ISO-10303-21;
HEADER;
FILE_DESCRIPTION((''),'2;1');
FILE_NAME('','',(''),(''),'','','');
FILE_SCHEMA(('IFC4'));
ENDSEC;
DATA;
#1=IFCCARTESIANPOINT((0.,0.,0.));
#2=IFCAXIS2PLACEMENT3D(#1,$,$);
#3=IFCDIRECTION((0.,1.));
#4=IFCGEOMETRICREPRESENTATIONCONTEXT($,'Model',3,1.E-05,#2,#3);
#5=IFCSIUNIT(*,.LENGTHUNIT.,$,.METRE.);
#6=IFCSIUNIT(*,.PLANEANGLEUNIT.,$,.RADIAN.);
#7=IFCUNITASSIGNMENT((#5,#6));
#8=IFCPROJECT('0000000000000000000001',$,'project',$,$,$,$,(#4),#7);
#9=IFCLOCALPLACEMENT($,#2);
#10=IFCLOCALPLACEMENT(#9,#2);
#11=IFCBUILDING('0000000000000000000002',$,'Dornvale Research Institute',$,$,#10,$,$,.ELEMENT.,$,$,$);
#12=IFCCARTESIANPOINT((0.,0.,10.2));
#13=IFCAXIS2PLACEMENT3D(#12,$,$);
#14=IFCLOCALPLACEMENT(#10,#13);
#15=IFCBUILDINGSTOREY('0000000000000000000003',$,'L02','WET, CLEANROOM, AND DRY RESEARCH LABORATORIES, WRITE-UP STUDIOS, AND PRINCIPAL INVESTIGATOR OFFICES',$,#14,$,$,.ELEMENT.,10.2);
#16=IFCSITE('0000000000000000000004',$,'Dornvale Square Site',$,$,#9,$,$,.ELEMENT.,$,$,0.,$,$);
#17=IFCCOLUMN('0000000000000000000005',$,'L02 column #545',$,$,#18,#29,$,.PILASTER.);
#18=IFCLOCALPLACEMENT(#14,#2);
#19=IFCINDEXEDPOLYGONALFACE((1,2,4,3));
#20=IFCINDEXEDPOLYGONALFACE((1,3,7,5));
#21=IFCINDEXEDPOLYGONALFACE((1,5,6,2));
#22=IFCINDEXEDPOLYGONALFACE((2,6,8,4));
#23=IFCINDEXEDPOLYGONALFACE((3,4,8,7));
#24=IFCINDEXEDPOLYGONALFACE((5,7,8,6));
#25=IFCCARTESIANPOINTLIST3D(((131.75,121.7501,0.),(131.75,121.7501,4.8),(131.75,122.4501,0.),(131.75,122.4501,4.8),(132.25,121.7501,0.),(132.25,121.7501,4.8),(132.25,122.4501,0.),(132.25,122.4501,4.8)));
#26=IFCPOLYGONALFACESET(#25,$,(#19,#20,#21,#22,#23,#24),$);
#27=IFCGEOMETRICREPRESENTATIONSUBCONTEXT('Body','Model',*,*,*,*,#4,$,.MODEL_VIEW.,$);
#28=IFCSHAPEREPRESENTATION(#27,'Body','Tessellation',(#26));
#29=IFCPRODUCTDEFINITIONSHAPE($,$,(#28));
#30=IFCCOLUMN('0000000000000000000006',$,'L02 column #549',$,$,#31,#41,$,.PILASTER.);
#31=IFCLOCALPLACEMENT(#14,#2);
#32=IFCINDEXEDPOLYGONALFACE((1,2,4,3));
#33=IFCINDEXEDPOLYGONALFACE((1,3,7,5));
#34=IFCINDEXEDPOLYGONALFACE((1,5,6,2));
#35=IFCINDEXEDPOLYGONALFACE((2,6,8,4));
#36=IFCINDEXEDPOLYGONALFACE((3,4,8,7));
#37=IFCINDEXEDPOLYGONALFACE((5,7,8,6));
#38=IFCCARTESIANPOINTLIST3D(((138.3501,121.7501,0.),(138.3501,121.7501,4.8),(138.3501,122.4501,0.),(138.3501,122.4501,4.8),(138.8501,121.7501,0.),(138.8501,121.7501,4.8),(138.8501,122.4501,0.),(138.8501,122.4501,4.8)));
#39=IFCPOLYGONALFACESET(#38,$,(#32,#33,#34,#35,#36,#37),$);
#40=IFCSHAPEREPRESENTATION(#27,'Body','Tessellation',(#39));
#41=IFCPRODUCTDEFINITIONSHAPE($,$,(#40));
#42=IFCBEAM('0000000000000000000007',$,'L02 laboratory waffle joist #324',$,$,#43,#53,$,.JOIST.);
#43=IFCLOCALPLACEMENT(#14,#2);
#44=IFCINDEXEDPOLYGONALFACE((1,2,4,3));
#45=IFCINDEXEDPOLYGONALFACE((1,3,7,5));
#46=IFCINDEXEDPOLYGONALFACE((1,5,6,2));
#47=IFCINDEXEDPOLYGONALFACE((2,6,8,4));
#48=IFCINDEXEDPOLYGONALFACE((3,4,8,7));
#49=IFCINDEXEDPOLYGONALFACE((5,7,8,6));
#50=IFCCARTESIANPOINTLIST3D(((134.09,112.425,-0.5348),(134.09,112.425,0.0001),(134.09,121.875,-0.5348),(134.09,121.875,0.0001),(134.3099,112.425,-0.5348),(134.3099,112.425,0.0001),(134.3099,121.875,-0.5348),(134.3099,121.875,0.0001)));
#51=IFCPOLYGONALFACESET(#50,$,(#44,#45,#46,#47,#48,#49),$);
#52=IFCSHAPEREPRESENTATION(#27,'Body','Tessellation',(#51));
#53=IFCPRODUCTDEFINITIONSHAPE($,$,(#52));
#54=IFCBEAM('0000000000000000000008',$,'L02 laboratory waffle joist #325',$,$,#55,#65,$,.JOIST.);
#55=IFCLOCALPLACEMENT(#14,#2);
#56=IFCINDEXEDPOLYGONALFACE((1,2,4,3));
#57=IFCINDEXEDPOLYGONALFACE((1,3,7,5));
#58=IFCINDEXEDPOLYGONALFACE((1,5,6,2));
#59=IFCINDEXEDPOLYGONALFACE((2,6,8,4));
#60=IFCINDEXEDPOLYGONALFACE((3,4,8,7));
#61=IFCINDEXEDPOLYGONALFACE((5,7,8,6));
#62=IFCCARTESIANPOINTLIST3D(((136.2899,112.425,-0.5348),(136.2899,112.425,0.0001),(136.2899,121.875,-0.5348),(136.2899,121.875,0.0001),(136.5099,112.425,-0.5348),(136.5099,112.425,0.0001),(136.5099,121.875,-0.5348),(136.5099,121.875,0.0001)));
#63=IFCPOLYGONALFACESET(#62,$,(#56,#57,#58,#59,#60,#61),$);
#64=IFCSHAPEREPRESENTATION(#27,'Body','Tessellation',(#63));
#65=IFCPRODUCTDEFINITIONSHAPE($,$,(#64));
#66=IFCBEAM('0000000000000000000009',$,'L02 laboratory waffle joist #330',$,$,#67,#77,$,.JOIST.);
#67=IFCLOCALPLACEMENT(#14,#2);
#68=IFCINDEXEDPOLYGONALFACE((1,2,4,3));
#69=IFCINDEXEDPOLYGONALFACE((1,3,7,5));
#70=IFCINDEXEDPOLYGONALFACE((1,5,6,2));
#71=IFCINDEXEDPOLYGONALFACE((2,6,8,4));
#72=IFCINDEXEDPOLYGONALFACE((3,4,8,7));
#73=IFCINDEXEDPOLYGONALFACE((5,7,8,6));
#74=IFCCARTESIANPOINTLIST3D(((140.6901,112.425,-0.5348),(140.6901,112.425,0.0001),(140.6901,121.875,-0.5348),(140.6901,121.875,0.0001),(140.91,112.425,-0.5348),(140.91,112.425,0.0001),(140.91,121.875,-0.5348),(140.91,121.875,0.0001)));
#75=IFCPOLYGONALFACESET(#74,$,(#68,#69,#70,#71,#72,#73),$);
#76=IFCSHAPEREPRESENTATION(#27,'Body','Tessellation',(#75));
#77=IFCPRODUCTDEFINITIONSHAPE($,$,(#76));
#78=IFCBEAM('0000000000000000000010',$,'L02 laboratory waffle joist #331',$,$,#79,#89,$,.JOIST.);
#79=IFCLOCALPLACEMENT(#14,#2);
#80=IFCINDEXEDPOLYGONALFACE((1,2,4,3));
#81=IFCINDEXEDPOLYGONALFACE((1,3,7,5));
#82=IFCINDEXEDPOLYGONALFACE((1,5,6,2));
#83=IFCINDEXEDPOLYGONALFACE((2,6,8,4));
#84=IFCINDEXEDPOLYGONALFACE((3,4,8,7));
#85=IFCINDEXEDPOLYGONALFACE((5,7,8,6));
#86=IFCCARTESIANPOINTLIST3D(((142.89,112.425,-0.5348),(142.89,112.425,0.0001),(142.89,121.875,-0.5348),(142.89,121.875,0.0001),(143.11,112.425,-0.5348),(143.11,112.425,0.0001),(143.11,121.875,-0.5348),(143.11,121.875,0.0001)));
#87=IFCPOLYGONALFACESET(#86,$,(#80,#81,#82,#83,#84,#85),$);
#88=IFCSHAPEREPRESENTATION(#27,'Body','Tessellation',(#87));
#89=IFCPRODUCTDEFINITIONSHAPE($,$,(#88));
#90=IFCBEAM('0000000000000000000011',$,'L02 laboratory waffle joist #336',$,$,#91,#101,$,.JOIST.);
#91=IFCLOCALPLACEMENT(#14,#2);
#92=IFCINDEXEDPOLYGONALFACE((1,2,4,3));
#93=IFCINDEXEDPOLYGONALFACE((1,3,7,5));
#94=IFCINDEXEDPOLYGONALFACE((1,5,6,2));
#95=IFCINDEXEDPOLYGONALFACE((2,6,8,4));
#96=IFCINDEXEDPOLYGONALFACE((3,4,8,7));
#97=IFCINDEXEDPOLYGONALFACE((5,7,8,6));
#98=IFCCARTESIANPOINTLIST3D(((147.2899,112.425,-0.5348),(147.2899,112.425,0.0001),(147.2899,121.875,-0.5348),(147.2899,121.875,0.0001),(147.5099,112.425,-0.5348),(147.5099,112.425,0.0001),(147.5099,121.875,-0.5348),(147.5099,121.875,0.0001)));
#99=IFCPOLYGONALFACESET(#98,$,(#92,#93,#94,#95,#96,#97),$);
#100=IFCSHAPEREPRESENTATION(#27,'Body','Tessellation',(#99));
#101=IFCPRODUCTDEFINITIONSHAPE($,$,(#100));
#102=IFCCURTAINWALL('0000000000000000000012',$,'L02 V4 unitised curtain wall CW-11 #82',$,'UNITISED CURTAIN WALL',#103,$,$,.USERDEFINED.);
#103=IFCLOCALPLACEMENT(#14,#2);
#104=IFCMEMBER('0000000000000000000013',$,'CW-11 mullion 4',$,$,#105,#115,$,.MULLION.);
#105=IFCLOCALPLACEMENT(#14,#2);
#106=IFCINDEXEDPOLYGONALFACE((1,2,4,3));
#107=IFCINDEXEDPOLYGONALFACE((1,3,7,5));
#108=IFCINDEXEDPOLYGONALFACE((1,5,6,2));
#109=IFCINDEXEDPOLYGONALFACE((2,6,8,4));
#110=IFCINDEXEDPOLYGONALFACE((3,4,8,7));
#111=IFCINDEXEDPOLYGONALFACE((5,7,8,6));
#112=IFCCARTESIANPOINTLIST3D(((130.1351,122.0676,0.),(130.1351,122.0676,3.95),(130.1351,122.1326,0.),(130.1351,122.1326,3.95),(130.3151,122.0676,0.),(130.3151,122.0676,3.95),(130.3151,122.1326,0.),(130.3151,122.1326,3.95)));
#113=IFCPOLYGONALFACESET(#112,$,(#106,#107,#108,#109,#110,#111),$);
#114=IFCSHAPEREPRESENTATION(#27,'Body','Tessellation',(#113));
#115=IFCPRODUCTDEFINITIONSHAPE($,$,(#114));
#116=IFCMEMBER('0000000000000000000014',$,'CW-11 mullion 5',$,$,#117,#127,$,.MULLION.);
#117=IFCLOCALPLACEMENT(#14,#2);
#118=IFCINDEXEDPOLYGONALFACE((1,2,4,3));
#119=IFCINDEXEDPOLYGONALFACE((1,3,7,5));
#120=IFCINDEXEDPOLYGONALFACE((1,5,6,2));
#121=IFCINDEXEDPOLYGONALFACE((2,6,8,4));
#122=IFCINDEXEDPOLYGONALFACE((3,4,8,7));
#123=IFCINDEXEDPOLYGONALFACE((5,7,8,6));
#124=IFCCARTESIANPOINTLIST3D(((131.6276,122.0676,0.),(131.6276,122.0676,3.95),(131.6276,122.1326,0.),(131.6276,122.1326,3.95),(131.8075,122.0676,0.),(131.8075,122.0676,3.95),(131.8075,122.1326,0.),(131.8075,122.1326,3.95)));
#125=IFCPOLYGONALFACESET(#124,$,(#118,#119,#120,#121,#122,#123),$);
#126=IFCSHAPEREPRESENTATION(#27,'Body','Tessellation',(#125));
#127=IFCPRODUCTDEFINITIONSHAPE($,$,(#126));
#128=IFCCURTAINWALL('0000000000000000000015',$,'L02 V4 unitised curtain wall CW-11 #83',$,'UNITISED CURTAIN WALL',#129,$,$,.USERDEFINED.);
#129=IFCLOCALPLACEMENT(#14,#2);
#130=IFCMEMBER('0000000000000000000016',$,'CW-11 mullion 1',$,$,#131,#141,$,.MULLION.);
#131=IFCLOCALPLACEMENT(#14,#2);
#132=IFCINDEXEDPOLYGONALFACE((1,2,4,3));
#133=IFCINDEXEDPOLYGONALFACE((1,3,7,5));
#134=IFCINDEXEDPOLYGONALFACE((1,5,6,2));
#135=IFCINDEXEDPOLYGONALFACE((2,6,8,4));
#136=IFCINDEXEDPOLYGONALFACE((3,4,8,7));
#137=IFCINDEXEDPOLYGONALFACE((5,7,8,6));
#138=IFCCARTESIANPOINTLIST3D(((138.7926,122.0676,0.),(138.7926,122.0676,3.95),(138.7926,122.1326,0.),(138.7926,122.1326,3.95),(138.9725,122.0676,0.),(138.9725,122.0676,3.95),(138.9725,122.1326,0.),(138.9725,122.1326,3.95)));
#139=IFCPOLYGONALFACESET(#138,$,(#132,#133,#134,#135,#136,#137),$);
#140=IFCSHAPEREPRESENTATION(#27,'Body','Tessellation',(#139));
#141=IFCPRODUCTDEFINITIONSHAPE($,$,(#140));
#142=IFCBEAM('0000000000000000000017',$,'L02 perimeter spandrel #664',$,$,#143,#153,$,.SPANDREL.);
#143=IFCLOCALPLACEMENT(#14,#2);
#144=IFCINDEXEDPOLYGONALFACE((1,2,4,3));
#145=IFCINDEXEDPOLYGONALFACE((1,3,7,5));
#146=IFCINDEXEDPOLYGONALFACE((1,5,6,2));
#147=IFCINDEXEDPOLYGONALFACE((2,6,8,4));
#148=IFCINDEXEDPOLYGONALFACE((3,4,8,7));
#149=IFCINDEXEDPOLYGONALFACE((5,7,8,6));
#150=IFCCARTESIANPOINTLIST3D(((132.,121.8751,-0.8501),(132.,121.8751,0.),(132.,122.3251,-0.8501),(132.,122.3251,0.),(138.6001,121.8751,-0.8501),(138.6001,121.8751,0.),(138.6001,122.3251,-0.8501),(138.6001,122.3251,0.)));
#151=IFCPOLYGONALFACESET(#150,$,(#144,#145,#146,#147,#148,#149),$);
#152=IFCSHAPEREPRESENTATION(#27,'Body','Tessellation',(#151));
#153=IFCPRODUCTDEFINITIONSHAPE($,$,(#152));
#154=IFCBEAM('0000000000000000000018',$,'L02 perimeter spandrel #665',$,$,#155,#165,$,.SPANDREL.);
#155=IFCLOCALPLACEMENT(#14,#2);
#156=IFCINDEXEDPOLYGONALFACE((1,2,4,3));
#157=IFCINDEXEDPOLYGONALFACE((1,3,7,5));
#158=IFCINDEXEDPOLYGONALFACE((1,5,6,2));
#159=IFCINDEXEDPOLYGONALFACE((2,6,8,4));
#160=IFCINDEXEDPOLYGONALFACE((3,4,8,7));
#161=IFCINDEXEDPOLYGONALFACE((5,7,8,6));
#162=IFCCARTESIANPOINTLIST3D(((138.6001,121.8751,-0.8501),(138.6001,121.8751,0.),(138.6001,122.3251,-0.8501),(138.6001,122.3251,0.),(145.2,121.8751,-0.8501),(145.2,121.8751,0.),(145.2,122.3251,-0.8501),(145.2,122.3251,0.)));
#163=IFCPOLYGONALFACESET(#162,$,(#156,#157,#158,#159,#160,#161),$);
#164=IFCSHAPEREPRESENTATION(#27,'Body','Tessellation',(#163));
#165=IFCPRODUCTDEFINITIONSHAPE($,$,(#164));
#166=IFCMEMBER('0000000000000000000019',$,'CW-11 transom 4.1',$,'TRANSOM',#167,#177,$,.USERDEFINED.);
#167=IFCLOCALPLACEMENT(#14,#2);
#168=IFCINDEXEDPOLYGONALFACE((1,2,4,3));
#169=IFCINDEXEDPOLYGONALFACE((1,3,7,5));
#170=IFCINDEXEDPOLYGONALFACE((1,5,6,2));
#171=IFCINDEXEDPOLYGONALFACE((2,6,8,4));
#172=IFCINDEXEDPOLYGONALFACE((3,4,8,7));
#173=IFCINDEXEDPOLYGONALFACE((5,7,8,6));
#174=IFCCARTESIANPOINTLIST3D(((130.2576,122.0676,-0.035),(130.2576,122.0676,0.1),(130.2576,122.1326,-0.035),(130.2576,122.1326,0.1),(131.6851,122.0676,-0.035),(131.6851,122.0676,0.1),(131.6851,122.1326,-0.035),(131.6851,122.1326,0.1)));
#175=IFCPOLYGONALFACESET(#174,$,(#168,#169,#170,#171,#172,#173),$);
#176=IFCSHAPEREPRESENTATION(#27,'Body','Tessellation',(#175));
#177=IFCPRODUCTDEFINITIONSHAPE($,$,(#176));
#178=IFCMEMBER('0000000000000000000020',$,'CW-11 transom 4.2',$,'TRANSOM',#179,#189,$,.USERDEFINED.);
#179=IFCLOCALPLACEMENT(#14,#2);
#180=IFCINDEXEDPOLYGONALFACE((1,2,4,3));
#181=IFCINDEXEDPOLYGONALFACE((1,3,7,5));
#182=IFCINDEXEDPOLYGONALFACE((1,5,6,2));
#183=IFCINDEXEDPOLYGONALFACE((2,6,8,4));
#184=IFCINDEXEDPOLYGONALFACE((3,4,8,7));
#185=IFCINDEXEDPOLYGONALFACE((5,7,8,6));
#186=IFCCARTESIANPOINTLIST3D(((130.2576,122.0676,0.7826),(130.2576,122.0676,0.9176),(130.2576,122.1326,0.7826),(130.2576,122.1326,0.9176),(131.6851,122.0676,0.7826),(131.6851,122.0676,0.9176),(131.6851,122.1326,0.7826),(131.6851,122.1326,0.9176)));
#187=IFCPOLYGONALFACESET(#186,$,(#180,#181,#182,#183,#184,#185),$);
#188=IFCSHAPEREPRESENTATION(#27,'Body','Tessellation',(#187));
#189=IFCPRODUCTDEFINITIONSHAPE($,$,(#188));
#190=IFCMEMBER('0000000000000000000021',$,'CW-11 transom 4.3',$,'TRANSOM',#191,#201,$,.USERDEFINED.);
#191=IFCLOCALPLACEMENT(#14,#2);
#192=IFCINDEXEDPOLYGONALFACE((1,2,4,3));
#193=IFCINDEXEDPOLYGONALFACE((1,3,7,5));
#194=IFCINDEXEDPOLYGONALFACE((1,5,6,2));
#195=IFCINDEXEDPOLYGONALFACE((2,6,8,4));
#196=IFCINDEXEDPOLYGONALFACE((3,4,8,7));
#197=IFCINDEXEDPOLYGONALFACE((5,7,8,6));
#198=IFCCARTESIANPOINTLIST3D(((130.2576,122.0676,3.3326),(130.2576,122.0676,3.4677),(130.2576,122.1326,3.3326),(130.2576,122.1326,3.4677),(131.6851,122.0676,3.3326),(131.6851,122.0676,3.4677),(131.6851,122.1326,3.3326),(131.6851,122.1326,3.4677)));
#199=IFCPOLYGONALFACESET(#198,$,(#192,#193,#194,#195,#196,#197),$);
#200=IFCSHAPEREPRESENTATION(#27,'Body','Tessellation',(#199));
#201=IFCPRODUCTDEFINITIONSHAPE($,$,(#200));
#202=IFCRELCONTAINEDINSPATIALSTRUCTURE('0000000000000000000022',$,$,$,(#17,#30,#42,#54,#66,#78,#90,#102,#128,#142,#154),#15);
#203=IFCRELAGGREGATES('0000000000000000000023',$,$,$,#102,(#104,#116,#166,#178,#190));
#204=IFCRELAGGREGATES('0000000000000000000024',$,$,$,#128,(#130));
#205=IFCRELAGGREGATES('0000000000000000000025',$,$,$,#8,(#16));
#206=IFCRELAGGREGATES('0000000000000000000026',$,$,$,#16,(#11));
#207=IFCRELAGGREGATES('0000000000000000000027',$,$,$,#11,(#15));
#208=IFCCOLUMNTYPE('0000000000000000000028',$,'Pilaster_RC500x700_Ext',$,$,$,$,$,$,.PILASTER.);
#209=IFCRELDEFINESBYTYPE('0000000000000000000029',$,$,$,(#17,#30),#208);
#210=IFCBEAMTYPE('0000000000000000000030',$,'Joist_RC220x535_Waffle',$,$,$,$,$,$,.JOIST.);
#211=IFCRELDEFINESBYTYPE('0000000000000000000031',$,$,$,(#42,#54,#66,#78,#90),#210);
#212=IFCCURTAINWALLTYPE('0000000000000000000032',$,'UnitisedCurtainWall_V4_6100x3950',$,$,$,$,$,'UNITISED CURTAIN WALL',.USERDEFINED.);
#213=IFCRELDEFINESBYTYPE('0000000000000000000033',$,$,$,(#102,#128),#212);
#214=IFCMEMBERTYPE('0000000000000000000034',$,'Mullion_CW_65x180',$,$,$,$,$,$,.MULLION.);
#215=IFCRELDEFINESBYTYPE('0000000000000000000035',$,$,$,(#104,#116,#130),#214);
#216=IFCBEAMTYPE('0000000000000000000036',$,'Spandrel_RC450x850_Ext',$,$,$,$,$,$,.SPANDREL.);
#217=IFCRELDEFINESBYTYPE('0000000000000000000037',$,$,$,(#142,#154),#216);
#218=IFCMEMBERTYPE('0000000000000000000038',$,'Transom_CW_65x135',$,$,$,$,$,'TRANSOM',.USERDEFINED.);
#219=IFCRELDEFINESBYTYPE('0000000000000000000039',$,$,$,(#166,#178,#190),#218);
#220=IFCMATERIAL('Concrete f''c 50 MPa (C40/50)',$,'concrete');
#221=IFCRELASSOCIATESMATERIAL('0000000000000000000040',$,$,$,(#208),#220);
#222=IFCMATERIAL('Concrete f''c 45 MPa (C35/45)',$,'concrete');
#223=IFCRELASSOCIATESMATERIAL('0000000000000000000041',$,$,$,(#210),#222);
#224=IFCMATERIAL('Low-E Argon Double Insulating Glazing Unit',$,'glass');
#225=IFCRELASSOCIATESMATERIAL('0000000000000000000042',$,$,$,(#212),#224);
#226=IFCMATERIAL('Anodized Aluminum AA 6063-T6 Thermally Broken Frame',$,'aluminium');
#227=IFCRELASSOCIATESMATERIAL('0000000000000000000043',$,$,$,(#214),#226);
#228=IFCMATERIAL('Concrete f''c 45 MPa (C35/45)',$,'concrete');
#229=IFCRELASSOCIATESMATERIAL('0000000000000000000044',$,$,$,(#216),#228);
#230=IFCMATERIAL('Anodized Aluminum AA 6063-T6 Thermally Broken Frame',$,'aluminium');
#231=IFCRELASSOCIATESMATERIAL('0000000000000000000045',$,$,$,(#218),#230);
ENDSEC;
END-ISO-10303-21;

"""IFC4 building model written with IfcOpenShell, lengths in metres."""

from ifc_helpers import new_model, si_unit, direction, frame, origin, origin_2d, place, context, subcontext, project, spatial, rectangle, extrude, material, material_profile, profile_set, type_object, element, aggregate, save


model = new_model("IFC4")

# Units and contexts
model_context = context("Model", 3, precision=1e-05, world=origin(), true_north=direction((0.0, 1.0)))
body_context = subcontext(model_context, "Body", "Model", "MODEL_VIEW")
ifc_project = project(units=[si_unit("LENGTHUNIT", "METRE"), si_unit("PLANEANGLEUNIT", "RADIAN")], contexts=[model_context])

# Site, building, storey
site_placement = place(None, origin())
site = spatial("IfcSite", under=ifc_project, at=site_placement, Name="Dornvale Square Site", CompositionType="ELEMENT", RefElevation=0.0)
building_placement = place(site_placement, origin())
building = spatial("IfcBuilding", under=site, at=building_placement, Name="Dornvale Research Institute", CompositionType="ELEMENT")
storey_placement = place(building_placement, frame((0.0, 0.0, 10.2)))
storey = spatial("IfcBuildingStorey", under=building, at=storey_placement, Name="L02", Description="WET, CLEANROOM, AND DRY RESEARCH LABORATORIES, WRITE-UP STUDIOS, AND PRINCIPAL INVESTIGATOR OFFICES", CompositionType="ELEMENT", Elevation=10.2)

# Columns
ifc_material_1 = material(Name="Concrete f'c 50 MPa (C40/50)", Category="concrete")
ifc_material_profile_1 = material_profile(ifc_material_1, rectangle(XDim=0.5, YDim=0.7, at=origin_2d()), Name="RC 500x700")
ifc_profile_set_1 = profile_set([ifc_material_profile_1], Name="Concrete f'c 50 MPa (C40/50)")
column_type = type_object("IfcColumnType", Name="Pilaster_RC500x700_Ext", PredefinedType="PILASTER", material=ifc_profile_set_1)
for number, where, z_axis, x_axis, name in (
    (1, (132.0, 122.1001, 0.0), (0.0, 0.0, 1.0), (1.0, 0.0, 0.0), "L02 column #545"),
    (2, (138.6001, 122.1001, 0.0), (0.0, 0.0, 1.0), (1.0, 0.0, 0.0), "L02 column #549"),
):
    element("IfcColumn", number, at=place(storey_placement, frame(where, z_axis=z_axis, x_axis=x_axis)), inside=storey, type_object=column_type, Name=name, PredefinedType="PILASTER", context=body_context, shape_type="SweptSolid", body=[
        extrude(rectangle(XDim=0.5, YDim=0.7, at=origin_2d()), origin(), (0.0, 0.0, 1.0), 4.8),
    ])

# Beams
ifc_material_2 = material(Name="Concrete f'c 45 MPa (C35/45)", Category="concrete")
ifc_material_profile_2 = material_profile(ifc_material_2, rectangle(XDim=0.22, YDim=0.5349, at=origin_2d()), Name="RC 220x535")
ifc_profile_set_2 = profile_set([ifc_material_profile_2], Name="Concrete f'c 45 MPa (C35/45)")
beam_type_1 = type_object("IfcBeamType", Name="Joist_RC220x535_Waffle", PredefinedType="JOIST", material=ifc_profile_set_2)
for number, where, z_axis, x_axis, name in (
    (3, (134.2, 112.425, -0.2673), (0.0, 1.0, 0.0), (-1.0, 0.0, 0.0), "L02 laboratory waffle joist #324"),
    (4, (136.3999, 112.425, -0.2673), (0.0, 1.0, 0.0), (-1.0, 0.0, 0.0), "L02 laboratory waffle joist #325"),
    (5, (140.8, 112.425, -0.2673), (0.0, 1.0, 0.0), (-1.0, 0.0, 0.0), "L02 laboratory waffle joist #330"),
    (6, (143.0, 112.425, -0.2673), (0.0, 1.0, 0.0), (-1.0, 0.0, 0.0), "L02 laboratory waffle joist #331"),
    (7, (147.3999, 112.425, -0.2673), (0.0, 1.0, 0.0), (-1.0, 0.0, 0.0), "L02 laboratory waffle joist #336"),
):
    element("IfcBeam", number, at=place(storey_placement, frame(where, z_axis=z_axis, x_axis=x_axis)), inside=storey, type_object=beam_type_1, Name=name, PredefinedType="JOIST", context=body_context, shape_type="SweptSolid", body=[
        extrude(rectangle(XDim=0.22, YDim=0.5349, at=origin_2d()), origin(), (0.0, 0.0, 1.0), 9.45),
    ])

# Curtain wall, members
ifc_material_3 = material(Name="Low-E Argon Double Insulating Glazing Unit", Category="glass")
curtain_wall_type = type_object("IfcCurtainWallType", Name="UnitisedCurtainWall_V4_6100x3950", ElementType="UNITISED CURTAIN WALL", PredefinedType="USERDEFINED", material=ifc_material_3)
curtain_wall_1_placement = place(storey_placement, origin())
curtain_wall_1 = element("IfcCurtainWall", 8, at=curtain_wall_1_placement, inside=storey, type_object=curtain_wall_type, Name="L02 V4 unitised curtain wall CW-11 #82", ObjectType="UNITISED CURTAIN WALL", PredefinedType="USERDEFINED")
ifc_material_4 = material(Name="Anodized Aluminum AA 6063-T6 Thermally Broken Frame", Category="aluminium")
ifc_material_profile_3 = material_profile(ifc_material_4, rectangle(XDim=0.0649, YDim=0.1799, at=origin_2d()), Name="ALU MULLION 65x180")
ifc_profile_set_3 = profile_set([ifc_material_profile_3], Name="Anodized Aluminum AA 6063-T6 Thermally Broken Frame")
member_type_1 = type_object("IfcMemberType", Name="Mullion_CW_65x180", PredefinedType="MULLION", material=ifc_profile_set_3)
member_1_placement = place(storey_placement, frame((130.2251, 122.1001, 0.0), z_axis=(0.0, 0.0, 1.0), x_axis=(0.0, 1.0, 0.0)))
member_1 = element("IfcMember", 9, at=member_1_placement, type_object=member_type_1, Name="CW-11 mullion 4", PredefinedType="MULLION", context=body_context, shape_type="SweptSolid", body=[
    extrude(rectangle(XDim=0.0649, YDim=0.1799, at=origin_2d()), origin(), (0.0, 0.0, 1.0), 3.95),
])
member_2_placement = place(storey_placement, frame((131.7175, 122.1001, 0.0), z_axis=(0.0, 0.0, 1.0), x_axis=(0.0, 1.0, 0.0)))
member_2 = element("IfcMember", 10, at=member_2_placement, type_object=member_type_1, Name="CW-11 mullion 5", PredefinedType="MULLION", context=body_context, shape_type="SweptSolid", body=[
    extrude(rectangle(XDim=0.0649, YDim=0.1799, at=origin_2d()), origin(), (0.0, 0.0, 1.0), 3.95),
])

# Curtain wall, member
curtain_wall_2_placement = place(storey_placement, origin())
curtain_wall_2 = element("IfcCurtainWall", 11, at=curtain_wall_2_placement, inside=storey, type_object=curtain_wall_type, Name="L02 V4 unitised curtain wall CW-11 #83", ObjectType="UNITISED CURTAIN WALL", PredefinedType="USERDEFINED")
member_3_placement = place(storey_placement, frame((138.8826, 122.1001, 0.0), z_axis=(0.0, 0.0, 1.0), x_axis=(0.0, 1.0, 0.0)))
member_3 = element("IfcMember", 12, at=member_3_placement, type_object=member_type_1, Name="CW-11 mullion 1", PredefinedType="MULLION", context=body_context, shape_type="SweptSolid", body=[
    extrude(rectangle(XDim=0.0649, YDim=0.1799, at=origin_2d()), origin(), (0.0, 0.0, 1.0), 3.95),
])

# Beams
ifc_material_5 = material(Name="Concrete f'c 45 MPa (C35/45)", Category="concrete")
ifc_material_profile_4 = material_profile(ifc_material_5, rectangle(XDim=0.45, YDim=0.8501, at=origin_2d()), Name="RC 450x850")
ifc_profile_set_4 = profile_set([ifc_material_profile_4], Name="Concrete f'c 45 MPa (C35/45)")
beam_type_2 = type_object("IfcBeamType", Name="Spandrel_RC450x850_Ext", PredefinedType="SPANDREL", material=ifc_profile_set_4)
beam_1_placement = place(storey_placement, frame((132.0, 122.1001, -0.425), z_axis=(1.0, 0.0, 0.0), x_axis=(0.0, 1.0, 0.0)))
element("IfcBeam", 13, at=beam_1_placement, inside=storey, type_object=beam_type_2, Name="L02 perimeter spandrel #664", PredefinedType="SPANDREL", context=body_context, shape_type="SweptSolid", body=[
    extrude(rectangle(XDim=0.45, YDim=0.8501, at=origin_2d()), origin(), (0.0, 0.0, 1.0), 6.6001),
])
beam_2_placement = place(storey_placement, frame((138.6001, 122.1001, -0.425), z_axis=(1.0, 0.0, 0.0), x_axis=(0.0, 1.0, 0.0)))
element("IfcBeam", 14, at=beam_2_placement, inside=storey, type_object=beam_type_2, Name="L02 perimeter spandrel #665", PredefinedType="SPANDREL", context=body_context, shape_type="SweptSolid", body=[
    extrude(rectangle(XDim=0.45, YDim=0.8501, at=origin_2d()), origin(), (0.0, 0.0, 1.0), 6.5999),
])

# Members
ifc_material_6 = material(Name="Anodized Aluminum AA 6063-T6 Thermally Broken Frame", Category="aluminium")
ifc_material_profile_5 = material_profile(ifc_material_6, rectangle(XDim=0.0649, YDim=0.135, at=origin_2d()), Name="ALU TRANSOM 65x135")
ifc_profile_set_5 = profile_set([ifc_material_profile_5], Name="Anodized Aluminum AA 6063-T6 Thermally Broken Frame")
member_type_2 = type_object("IfcMemberType", Name="Transom_CW_65x135", ElementType="TRANSOM", PredefinedType="USERDEFINED", material=ifc_profile_set_5)
member_4_placement = place(storey_placement, frame((130.2576, 122.1001, 0.0325), z_axis=(1.0, 0.0, 0.0), x_axis=(0.0, 1.0, 0.0)))
member_4 = element("IfcMember", 15, at=member_4_placement, type_object=member_type_2, Name="CW-11 transom 4.1", ObjectType="TRANSOM", PredefinedType="USERDEFINED", context=body_context, shape_type="SweptSolid", body=[
    extrude(rectangle(XDim=0.0649, YDim=0.135, at=origin_2d()), origin(), (0.0, 0.0, 1.0), 1.4275),
])
member_5_placement = place(storey_placement, frame((130.2576, 122.1001, 0.8501), z_axis=(1.0, 0.0, 0.0), x_axis=(0.0, 1.0, 0.0)))
member_5 = element("IfcMember", 16, at=member_5_placement, type_object=member_type_2, Name="CW-11 transom 4.2", ObjectType="TRANSOM", PredefinedType="USERDEFINED", context=body_context, shape_type="SweptSolid", body=[
    extrude(rectangle(XDim=0.0649, YDim=0.135, at=origin_2d()), origin(), (0.0, 0.0, 1.0), 1.4275),
])
member_6_placement = place(storey_placement, frame((130.2576, 122.1001, 3.4001), z_axis=(1.0, 0.0, 0.0), x_axis=(0.0, 1.0, 0.0)))
member_6 = element("IfcMember", 17, at=member_6_placement, type_object=member_type_2, Name="CW-11 transom 4.3", ObjectType="TRANSOM", PredefinedType="USERDEFINED", context=body_context, shape_type="SweptSolid", body=[
    extrude(rectangle(XDim=0.0649, YDim=0.135, at=origin_2d()), origin(), (0.0, 0.0, 1.0), 1.4275),
])

aggregate(curtain_wall_1, [member_1, member_2, member_4, member_5, member_6])
aggregate(curtain_wall_2, [member_3])

save(model, "model.ifc")
